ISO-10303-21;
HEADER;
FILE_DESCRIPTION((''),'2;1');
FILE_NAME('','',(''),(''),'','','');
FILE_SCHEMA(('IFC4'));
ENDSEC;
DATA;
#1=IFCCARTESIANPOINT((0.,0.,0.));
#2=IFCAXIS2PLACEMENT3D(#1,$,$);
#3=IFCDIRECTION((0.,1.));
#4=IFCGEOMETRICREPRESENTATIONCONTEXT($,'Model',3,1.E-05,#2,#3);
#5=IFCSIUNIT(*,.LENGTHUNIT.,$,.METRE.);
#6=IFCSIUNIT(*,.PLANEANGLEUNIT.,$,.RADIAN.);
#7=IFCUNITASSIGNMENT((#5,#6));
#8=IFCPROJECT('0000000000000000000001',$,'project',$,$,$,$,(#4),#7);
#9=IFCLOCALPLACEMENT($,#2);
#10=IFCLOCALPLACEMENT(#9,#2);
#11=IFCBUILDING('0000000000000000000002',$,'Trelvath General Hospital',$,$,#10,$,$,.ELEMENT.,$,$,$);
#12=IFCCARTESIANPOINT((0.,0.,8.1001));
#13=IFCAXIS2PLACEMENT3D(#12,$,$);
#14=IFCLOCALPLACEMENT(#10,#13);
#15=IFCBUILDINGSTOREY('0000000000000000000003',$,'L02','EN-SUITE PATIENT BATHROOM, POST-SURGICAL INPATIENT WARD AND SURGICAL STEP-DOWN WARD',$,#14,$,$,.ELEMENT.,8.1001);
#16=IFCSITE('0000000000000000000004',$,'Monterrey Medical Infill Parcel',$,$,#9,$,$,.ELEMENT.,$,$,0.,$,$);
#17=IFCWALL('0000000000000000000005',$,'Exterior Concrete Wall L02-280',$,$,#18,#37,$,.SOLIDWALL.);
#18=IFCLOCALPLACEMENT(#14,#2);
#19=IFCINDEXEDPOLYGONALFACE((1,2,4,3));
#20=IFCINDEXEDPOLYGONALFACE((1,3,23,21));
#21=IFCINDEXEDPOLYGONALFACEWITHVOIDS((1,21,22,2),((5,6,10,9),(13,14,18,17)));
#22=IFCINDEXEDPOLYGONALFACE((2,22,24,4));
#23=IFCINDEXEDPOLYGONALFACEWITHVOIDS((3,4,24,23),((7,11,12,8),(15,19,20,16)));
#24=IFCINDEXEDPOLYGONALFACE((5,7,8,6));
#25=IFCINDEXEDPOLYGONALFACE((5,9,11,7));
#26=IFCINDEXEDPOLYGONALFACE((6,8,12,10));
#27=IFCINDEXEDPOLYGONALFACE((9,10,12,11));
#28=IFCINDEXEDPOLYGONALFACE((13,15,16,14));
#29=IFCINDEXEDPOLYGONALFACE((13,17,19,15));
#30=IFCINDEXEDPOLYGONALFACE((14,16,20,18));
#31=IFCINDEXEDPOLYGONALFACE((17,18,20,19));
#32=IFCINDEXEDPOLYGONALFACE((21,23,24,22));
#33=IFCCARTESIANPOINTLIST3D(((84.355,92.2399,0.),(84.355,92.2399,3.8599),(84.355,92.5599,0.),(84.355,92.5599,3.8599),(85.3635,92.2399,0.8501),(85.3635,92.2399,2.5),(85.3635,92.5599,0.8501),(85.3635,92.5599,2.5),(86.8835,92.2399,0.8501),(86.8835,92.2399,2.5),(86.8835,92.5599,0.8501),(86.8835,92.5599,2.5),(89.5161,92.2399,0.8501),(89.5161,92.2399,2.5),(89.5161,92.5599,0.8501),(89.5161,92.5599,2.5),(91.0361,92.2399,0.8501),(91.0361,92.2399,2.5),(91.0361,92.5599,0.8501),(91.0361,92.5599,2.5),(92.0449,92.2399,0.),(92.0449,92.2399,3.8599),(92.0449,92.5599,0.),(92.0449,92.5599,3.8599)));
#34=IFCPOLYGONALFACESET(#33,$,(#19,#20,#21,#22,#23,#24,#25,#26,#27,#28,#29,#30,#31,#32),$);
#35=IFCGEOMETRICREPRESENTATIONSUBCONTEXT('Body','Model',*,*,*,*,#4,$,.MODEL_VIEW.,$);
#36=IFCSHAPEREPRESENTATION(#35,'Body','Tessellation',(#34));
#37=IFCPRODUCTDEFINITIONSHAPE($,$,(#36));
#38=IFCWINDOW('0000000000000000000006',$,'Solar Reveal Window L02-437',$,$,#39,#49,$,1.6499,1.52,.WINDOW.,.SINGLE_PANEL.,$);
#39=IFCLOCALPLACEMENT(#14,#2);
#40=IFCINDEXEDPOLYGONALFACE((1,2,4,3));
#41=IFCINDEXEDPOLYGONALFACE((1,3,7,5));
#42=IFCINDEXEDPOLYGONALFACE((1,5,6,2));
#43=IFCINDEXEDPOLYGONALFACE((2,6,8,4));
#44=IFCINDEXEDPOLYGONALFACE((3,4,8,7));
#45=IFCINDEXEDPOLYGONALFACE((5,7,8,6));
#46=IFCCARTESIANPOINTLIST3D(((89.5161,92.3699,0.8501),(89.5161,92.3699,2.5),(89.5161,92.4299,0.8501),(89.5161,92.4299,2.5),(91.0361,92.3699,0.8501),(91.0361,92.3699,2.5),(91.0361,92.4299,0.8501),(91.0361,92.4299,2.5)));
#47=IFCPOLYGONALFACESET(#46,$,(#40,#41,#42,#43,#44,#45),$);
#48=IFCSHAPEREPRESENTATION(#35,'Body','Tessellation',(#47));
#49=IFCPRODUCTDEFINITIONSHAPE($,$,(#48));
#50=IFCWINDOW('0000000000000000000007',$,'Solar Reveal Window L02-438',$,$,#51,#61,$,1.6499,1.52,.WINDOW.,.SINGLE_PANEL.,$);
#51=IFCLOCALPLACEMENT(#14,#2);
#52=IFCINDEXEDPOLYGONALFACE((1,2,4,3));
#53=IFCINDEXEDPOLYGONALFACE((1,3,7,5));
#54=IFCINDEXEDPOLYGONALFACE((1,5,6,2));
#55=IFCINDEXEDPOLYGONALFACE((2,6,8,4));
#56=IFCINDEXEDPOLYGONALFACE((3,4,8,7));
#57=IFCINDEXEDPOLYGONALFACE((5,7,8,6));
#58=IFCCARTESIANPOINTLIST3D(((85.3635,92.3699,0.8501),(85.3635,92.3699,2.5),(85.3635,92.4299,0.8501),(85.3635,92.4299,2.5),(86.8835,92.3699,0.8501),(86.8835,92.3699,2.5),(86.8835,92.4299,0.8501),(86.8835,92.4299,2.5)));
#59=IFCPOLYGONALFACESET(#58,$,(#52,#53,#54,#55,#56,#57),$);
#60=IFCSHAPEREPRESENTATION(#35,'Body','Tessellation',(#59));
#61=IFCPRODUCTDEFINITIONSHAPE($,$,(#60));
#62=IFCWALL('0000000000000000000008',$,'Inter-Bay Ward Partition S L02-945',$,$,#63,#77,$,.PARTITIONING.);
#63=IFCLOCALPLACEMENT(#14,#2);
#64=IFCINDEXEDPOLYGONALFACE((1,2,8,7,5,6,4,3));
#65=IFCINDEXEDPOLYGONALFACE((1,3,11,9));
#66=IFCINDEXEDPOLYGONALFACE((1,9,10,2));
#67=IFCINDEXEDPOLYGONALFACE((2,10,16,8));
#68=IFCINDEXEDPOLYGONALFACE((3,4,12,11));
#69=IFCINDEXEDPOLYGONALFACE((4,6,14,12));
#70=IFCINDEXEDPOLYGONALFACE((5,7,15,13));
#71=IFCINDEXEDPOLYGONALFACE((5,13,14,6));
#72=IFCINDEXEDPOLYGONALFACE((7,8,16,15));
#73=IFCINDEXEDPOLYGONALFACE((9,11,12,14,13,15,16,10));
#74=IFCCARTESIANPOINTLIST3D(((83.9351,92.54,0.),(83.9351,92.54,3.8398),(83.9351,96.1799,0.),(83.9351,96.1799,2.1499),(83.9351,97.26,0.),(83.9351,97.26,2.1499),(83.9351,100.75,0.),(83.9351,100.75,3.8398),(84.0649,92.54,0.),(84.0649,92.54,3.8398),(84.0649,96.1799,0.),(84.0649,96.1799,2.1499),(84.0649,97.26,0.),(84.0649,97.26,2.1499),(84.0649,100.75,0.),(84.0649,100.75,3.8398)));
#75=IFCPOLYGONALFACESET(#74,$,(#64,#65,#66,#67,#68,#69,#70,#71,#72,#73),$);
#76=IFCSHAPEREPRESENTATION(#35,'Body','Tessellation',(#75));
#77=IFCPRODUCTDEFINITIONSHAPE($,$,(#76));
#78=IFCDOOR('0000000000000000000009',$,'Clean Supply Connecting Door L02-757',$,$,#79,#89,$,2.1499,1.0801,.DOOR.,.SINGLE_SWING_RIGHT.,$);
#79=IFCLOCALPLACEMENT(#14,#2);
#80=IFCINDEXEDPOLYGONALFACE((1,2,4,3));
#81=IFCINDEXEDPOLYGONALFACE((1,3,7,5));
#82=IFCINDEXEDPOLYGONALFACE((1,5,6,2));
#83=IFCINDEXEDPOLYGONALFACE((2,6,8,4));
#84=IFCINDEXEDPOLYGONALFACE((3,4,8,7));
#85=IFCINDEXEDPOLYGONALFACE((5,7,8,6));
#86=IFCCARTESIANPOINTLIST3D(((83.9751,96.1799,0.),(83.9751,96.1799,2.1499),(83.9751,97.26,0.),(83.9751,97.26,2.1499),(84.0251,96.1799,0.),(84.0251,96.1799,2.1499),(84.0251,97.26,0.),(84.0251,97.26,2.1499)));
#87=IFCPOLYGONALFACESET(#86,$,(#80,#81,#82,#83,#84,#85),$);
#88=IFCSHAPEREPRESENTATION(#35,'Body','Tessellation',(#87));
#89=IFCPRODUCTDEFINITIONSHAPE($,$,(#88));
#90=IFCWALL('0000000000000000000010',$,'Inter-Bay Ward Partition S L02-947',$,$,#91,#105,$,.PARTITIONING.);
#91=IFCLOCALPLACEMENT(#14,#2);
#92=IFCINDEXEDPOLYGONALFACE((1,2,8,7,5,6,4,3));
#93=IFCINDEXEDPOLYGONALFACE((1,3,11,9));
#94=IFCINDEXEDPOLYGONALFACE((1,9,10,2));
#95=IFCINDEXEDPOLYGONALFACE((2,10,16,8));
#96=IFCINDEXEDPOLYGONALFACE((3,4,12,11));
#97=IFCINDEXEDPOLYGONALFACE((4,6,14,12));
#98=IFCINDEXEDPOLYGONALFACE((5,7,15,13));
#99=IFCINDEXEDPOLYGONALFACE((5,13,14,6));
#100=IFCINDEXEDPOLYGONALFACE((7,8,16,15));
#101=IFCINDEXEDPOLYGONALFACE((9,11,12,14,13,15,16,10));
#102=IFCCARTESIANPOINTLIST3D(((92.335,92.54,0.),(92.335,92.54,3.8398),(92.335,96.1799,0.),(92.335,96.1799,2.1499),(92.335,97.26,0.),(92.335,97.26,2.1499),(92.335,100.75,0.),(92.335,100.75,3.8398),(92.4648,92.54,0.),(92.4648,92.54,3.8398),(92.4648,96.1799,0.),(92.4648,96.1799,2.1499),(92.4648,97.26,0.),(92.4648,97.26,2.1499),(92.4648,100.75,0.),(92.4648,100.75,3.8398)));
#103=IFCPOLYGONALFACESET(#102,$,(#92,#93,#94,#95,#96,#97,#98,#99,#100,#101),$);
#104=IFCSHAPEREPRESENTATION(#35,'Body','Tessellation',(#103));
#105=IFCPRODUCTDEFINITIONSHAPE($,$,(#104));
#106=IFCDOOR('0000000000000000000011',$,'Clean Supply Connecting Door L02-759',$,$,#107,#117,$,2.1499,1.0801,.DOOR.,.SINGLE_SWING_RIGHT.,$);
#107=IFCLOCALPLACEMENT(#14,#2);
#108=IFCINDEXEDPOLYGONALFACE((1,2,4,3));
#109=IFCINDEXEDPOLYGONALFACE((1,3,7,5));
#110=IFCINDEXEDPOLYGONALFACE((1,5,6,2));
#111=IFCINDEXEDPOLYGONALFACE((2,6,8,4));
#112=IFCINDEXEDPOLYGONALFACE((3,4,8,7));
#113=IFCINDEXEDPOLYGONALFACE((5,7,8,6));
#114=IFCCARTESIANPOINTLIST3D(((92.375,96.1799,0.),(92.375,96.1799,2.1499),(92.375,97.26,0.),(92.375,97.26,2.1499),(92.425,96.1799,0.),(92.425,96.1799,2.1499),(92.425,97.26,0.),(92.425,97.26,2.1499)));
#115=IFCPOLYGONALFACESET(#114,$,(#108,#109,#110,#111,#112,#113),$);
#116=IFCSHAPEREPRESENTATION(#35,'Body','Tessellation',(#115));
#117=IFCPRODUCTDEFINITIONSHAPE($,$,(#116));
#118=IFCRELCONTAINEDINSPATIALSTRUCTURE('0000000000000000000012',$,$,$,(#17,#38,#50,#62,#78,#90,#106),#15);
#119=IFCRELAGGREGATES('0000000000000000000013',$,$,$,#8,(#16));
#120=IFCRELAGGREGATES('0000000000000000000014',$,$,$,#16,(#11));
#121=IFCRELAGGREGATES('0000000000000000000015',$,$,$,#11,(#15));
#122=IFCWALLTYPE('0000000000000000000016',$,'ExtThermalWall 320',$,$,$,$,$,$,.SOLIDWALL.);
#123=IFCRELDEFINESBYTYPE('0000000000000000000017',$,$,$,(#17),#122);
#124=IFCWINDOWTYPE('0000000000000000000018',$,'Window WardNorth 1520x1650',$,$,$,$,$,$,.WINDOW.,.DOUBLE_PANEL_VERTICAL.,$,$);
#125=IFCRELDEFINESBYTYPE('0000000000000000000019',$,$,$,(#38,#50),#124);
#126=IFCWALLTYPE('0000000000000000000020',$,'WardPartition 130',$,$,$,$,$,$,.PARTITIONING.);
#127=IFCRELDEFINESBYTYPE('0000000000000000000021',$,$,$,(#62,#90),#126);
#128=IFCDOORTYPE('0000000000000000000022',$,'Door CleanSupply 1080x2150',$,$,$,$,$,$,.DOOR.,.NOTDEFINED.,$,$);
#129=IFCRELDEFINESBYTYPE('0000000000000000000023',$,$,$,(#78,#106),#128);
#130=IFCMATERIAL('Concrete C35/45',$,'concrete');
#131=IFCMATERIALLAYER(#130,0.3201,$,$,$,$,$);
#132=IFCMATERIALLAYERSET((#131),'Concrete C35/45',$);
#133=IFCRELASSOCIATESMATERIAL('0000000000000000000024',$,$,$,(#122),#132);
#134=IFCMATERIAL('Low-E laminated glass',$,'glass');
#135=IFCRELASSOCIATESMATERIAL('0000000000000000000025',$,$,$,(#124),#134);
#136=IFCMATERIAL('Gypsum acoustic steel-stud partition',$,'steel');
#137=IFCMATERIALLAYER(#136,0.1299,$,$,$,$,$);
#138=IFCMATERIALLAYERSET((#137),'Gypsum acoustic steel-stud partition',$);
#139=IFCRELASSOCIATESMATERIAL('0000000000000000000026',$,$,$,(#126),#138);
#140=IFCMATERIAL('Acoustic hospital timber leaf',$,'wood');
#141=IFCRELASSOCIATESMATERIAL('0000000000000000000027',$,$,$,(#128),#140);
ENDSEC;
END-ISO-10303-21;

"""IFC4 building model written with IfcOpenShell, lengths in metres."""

from ifc_helpers import new_model, si_unit, direction, frame, frame_2d, origin, place, context, subcontext, project, spatial, rectangle, extrude, material, layer, layer_set, type_object, element, fill, save


model = new_model("IFC4")

# Units and contexts
model_context = context("Model", 3, precision=1e-05, world=origin(), true_north=direction((0.0, 1.0)))
body_context = subcontext(model_context, "Body", "Model", "MODEL_VIEW")
ifc_project = project(units=[si_unit("LENGTHUNIT", "METRE"), si_unit("PLANEANGLEUNIT", "RADIAN")], contexts=[model_context])

# Site, building, storey
site_placement = place(None, origin())
site = spatial("IfcSite", under=ifc_project, at=site_placement, Name="Monterrey Medical Infill Parcel", CompositionType="ELEMENT", RefElevation=0.0)
building_placement = place(site_placement, origin())
building = spatial("IfcBuilding", under=site, at=building_placement, Name="Trelvath General Hospital", CompositionType="ELEMENT")
storey_placement = place(building_placement, frame((0.0, 0.0, 8.1001)))
storey = spatial("IfcBuildingStorey", under=building, at=storey_placement, Name="L02", Description="EN-SUITE PATIENT BATHROOM, POST-SURGICAL INPATIENT WARD AND SURGICAL STEP-DOWN WARD", CompositionType="ELEMENT", Elevation=8.1001)

# Wall, openings, windows
ifc_material_1 = material(Name="Concrete C35/45", Category="concrete")
ifc_layer_1 = layer(ifc_material_1, 0.3201)
ifc_layer_set_1 = layer_set([ifc_layer_1], Name="Concrete C35/45")
wall_type_1 = type_object("IfcWallType", Name="ExtThermalWall 320", PredefinedType="SOLIDWALL", material=ifc_layer_set_1)
wall_1_placement = place(storey_placement, frame((92.0449, 92.3999, 0.0), z_axis=(0.0, 0.0, 1.0), x_axis=(-1.0, 0.0, 0.0)))
wall_1 = element("IfcWall", 1, at=wall_1_placement, inside=storey, type_object=wall_type_1, Name="Exterior Concrete Wall L02-280", PredefinedType="SOLIDWALL", context=body_context, shape_type="SweptSolid", body=[
    extrude(rectangle(XDim=7.6899, YDim=0.3201, at=frame_2d((3.845, 0.0))), origin(), (0.0, 0.0, 1.0), 3.8599),
])
opening_1_placement = place(wall_1_placement, frame((1.0088, 0.0, 0.8501)))
opening_1 = element("IfcOpeningElement", 2, at=opening_1_placement, cuts=wall_1, PredefinedType="OPENING", context=body_context, shape_type="SweptSolid", body=[
    extrude(rectangle(XDim=1.52, YDim=1.6499, at=frame_2d((0.76, 0.825))), frame((0.0, 0.1699, 0.0), z_axis=(0.0, -1.0, 0.0), x_axis=(1.0, 0.0, 0.0)), (0.0, 0.0, 1.0), 0.3401),
])
opening_2_placement = place(wall_1_placement, frame((5.1614, 0.0, 0.8501)))
opening_2 = element("IfcOpeningElement", 3, at=opening_2_placement, cuts=wall_1, PredefinedType="OPENING", context=body_context, shape_type="SweptSolid", body=[
    extrude(rectangle(XDim=1.52, YDim=1.6499, at=frame_2d((0.76, 0.825))), frame((0.0, 0.1699, 0.0), z_axis=(0.0, -1.0, 0.0), x_axis=(1.0, 0.0, 0.0)), (0.0, 0.0, 1.0), 0.3401),
])
ifc_material_2 = material(Name="Low-E laminated glass", Category="glass")
window_type = type_object("IfcWindowType", Name="Window WardNorth 1520x1650", PartitioningType="DOUBLE_PANEL_VERTICAL", PredefinedType="WINDOW", material=ifc_material_2)
window_1_placement = place(opening_1_placement, origin())
window_1 = element("IfcWindow", 4, at=window_1_placement, inside=storey, type_object=window_type, Name="Solar Reveal Window L02-437", OverallHeight=1.6499, OverallWidth=1.52, PartitioningType="SINGLE_PANEL", PredefinedType="WINDOW", context=body_context, shape_type="SweptSolid", body=[
    extrude(rectangle(XDim=1.52, YDim=1.6499, at=frame_2d((0.76, 0.825))), frame((0.0, 0.03, 0.0), z_axis=(0.0, -1.0, 0.0), x_axis=(1.0, 0.0, 0.0)), (0.0, 0.0, 1.0), 0.0601),
])
fill(opening_1, window_1)
window_2_placement = place(opening_2_placement, origin())
window_2 = element("IfcWindow", 5, at=window_2_placement, inside=storey, type_object=window_type, Name="Solar Reveal Window L02-438", OverallHeight=1.6499, OverallWidth=1.52, PartitioningType="SINGLE_PANEL", PredefinedType="WINDOW", context=body_context, shape_type="SweptSolid", body=[
    extrude(rectangle(XDim=1.52, YDim=1.6499, at=frame_2d((0.76, 0.825))), frame((0.0, 0.03, 0.0), z_axis=(0.0, -1.0, 0.0), x_axis=(1.0, 0.0, 0.0)), (0.0, 0.0, 1.0), 0.0601),
])
fill(opening_2, window_2)

# Walls, openings, doors
ifc_material_3 = material(Name="Gypsum acoustic steel-stud partition", Category="steel")
ifc_layer_2 = layer(ifc_material_3, 0.1299)
ifc_layer_set_2 = layer_set([ifc_layer_2], Name="Gypsum acoustic steel-stud partition")
wall_type_2 = type_object("IfcWallType", Name="WardPartition 130", PredefinedType="PARTITIONING", material=ifc_layer_set_2)
wall_2_placement = place(storey_placement, frame((84.0, 92.54, 0.0), z_axis=(0.0, 0.0, 1.0), x_axis=(0.0, 1.0, 0.0)))
wall_2 = element("IfcWall", 6, at=wall_2_placement, inside=storey, type_object=wall_type_2, Name="Inter-Bay Ward Partition S L02-945", PredefinedType="PARTITIONING", context=body_context, shape_type="SweptSolid", body=[
    extrude(rectangle(XDim=8.21, YDim=0.1299, at=frame_2d((4.105, 0.0))), origin(), (0.0, 0.0, 1.0), 3.8398),
])
opening_3_placement = place(wall_2_placement, frame((3.6399, 0.0, 0.0)))
opening_3 = element("IfcOpeningElement", 7, at=opening_3_placement, cuts=wall_2, PredefinedType="OPENING", context=body_context, shape_type="SweptSolid", body=[
    extrude(rectangle(XDim=1.0801, YDim=2.1499, at=frame_2d((0.54, 1.075))), frame((0.0, 0.075, 0.0), z_axis=(0.0, -1.0, 0.0), x_axis=(1.0, 0.0, 0.0)), (0.0, 0.0, 1.0), 0.1499),
])
ifc_material_4 = material(Name="Acoustic hospital timber leaf", Category="wood")
door_type_1 = type_object("IfcDoorType", Name="Door CleanSupply 1080x2150", OperationType="NOTDEFINED", PredefinedType="DOOR", material=ifc_material_4)
door_1_placement = place(opening_3_placement, origin())
door_1 = element("IfcDoor", 8, at=door_1_placement, inside=storey, type_object=door_type_1, Name="Clean Supply Connecting Door L02-757", OperationType="SINGLE_SWING_RIGHT", OverallHeight=2.1499, OverallWidth=1.0801, PredefinedType="DOOR", context=body_context, shape_type="SweptSolid", body=[
    extrude(rectangle(XDim=1.0801, YDim=2.1499, at=frame_2d((0.54, 1.075))), frame((0.0, 0.0249, 0.0), z_axis=(0.0, -1.0, 0.0), x_axis=(1.0, 0.0, 0.0)), (0.0, 0.0, 1.0), 0.05),
])
fill(opening_3, door_1)
wall_3_placement = place(storey_placement, frame((92.3999, 92.54, 0.0), z_axis=(0.0, 0.0, 1.0), x_axis=(0.0, 1.0, 0.0)))
wall_3 = element("IfcWall", 9, at=wall_3_placement, inside=storey, type_object=wall_type_2, Name="Inter-Bay Ward Partition S L02-947", PredefinedType="PARTITIONING", context=body_context, shape_type="SweptSolid", body=[
    extrude(rectangle(XDim=8.21, YDim=0.1299, at=frame_2d((4.105, 0.0))), origin(), (0.0, 0.0, 1.0), 3.8398),
])
opening_4_placement = place(wall_3_placement, frame((3.6399, 0.0, 0.0)))
opening_4 = element("IfcOpeningElement", 10, at=opening_4_placement, cuts=wall_3, PredefinedType="OPENING", context=body_context, shape_type="SweptSolid", body=[
    extrude(rectangle(XDim=1.0801, YDim=2.1499, at=frame_2d((0.54, 1.075))), frame((0.0, 0.075, 0.0), z_axis=(0.0, -1.0, 0.0), x_axis=(1.0, 0.0, 0.0)), (0.0, 0.0, 1.0), 0.1499),
])
door_2_placement = place(opening_4_placement, origin())
door_2 = element("IfcDoor", 11, at=door_2_placement, inside=storey, type_object=door_type_1, Name="Clean Supply Connecting Door L02-759", OperationType="SINGLE_SWING_RIGHT", OverallHeight=2.1499, OverallWidth=1.0801, PredefinedType="DOOR", context=body_context, shape_type="SweptSolid", body=[
    extrude(rectangle(XDim=1.0801, YDim=2.1499, at=frame_2d((0.54, 1.075))), frame((0.0, 0.0249, 0.0), z_axis=(0.0, -1.0, 0.0), x_axis=(1.0, 0.0, 0.0)), (0.0, 0.0, 1.0), 0.05),
])
fill(opening_4, door_2)

save(model, "model.ifc")
